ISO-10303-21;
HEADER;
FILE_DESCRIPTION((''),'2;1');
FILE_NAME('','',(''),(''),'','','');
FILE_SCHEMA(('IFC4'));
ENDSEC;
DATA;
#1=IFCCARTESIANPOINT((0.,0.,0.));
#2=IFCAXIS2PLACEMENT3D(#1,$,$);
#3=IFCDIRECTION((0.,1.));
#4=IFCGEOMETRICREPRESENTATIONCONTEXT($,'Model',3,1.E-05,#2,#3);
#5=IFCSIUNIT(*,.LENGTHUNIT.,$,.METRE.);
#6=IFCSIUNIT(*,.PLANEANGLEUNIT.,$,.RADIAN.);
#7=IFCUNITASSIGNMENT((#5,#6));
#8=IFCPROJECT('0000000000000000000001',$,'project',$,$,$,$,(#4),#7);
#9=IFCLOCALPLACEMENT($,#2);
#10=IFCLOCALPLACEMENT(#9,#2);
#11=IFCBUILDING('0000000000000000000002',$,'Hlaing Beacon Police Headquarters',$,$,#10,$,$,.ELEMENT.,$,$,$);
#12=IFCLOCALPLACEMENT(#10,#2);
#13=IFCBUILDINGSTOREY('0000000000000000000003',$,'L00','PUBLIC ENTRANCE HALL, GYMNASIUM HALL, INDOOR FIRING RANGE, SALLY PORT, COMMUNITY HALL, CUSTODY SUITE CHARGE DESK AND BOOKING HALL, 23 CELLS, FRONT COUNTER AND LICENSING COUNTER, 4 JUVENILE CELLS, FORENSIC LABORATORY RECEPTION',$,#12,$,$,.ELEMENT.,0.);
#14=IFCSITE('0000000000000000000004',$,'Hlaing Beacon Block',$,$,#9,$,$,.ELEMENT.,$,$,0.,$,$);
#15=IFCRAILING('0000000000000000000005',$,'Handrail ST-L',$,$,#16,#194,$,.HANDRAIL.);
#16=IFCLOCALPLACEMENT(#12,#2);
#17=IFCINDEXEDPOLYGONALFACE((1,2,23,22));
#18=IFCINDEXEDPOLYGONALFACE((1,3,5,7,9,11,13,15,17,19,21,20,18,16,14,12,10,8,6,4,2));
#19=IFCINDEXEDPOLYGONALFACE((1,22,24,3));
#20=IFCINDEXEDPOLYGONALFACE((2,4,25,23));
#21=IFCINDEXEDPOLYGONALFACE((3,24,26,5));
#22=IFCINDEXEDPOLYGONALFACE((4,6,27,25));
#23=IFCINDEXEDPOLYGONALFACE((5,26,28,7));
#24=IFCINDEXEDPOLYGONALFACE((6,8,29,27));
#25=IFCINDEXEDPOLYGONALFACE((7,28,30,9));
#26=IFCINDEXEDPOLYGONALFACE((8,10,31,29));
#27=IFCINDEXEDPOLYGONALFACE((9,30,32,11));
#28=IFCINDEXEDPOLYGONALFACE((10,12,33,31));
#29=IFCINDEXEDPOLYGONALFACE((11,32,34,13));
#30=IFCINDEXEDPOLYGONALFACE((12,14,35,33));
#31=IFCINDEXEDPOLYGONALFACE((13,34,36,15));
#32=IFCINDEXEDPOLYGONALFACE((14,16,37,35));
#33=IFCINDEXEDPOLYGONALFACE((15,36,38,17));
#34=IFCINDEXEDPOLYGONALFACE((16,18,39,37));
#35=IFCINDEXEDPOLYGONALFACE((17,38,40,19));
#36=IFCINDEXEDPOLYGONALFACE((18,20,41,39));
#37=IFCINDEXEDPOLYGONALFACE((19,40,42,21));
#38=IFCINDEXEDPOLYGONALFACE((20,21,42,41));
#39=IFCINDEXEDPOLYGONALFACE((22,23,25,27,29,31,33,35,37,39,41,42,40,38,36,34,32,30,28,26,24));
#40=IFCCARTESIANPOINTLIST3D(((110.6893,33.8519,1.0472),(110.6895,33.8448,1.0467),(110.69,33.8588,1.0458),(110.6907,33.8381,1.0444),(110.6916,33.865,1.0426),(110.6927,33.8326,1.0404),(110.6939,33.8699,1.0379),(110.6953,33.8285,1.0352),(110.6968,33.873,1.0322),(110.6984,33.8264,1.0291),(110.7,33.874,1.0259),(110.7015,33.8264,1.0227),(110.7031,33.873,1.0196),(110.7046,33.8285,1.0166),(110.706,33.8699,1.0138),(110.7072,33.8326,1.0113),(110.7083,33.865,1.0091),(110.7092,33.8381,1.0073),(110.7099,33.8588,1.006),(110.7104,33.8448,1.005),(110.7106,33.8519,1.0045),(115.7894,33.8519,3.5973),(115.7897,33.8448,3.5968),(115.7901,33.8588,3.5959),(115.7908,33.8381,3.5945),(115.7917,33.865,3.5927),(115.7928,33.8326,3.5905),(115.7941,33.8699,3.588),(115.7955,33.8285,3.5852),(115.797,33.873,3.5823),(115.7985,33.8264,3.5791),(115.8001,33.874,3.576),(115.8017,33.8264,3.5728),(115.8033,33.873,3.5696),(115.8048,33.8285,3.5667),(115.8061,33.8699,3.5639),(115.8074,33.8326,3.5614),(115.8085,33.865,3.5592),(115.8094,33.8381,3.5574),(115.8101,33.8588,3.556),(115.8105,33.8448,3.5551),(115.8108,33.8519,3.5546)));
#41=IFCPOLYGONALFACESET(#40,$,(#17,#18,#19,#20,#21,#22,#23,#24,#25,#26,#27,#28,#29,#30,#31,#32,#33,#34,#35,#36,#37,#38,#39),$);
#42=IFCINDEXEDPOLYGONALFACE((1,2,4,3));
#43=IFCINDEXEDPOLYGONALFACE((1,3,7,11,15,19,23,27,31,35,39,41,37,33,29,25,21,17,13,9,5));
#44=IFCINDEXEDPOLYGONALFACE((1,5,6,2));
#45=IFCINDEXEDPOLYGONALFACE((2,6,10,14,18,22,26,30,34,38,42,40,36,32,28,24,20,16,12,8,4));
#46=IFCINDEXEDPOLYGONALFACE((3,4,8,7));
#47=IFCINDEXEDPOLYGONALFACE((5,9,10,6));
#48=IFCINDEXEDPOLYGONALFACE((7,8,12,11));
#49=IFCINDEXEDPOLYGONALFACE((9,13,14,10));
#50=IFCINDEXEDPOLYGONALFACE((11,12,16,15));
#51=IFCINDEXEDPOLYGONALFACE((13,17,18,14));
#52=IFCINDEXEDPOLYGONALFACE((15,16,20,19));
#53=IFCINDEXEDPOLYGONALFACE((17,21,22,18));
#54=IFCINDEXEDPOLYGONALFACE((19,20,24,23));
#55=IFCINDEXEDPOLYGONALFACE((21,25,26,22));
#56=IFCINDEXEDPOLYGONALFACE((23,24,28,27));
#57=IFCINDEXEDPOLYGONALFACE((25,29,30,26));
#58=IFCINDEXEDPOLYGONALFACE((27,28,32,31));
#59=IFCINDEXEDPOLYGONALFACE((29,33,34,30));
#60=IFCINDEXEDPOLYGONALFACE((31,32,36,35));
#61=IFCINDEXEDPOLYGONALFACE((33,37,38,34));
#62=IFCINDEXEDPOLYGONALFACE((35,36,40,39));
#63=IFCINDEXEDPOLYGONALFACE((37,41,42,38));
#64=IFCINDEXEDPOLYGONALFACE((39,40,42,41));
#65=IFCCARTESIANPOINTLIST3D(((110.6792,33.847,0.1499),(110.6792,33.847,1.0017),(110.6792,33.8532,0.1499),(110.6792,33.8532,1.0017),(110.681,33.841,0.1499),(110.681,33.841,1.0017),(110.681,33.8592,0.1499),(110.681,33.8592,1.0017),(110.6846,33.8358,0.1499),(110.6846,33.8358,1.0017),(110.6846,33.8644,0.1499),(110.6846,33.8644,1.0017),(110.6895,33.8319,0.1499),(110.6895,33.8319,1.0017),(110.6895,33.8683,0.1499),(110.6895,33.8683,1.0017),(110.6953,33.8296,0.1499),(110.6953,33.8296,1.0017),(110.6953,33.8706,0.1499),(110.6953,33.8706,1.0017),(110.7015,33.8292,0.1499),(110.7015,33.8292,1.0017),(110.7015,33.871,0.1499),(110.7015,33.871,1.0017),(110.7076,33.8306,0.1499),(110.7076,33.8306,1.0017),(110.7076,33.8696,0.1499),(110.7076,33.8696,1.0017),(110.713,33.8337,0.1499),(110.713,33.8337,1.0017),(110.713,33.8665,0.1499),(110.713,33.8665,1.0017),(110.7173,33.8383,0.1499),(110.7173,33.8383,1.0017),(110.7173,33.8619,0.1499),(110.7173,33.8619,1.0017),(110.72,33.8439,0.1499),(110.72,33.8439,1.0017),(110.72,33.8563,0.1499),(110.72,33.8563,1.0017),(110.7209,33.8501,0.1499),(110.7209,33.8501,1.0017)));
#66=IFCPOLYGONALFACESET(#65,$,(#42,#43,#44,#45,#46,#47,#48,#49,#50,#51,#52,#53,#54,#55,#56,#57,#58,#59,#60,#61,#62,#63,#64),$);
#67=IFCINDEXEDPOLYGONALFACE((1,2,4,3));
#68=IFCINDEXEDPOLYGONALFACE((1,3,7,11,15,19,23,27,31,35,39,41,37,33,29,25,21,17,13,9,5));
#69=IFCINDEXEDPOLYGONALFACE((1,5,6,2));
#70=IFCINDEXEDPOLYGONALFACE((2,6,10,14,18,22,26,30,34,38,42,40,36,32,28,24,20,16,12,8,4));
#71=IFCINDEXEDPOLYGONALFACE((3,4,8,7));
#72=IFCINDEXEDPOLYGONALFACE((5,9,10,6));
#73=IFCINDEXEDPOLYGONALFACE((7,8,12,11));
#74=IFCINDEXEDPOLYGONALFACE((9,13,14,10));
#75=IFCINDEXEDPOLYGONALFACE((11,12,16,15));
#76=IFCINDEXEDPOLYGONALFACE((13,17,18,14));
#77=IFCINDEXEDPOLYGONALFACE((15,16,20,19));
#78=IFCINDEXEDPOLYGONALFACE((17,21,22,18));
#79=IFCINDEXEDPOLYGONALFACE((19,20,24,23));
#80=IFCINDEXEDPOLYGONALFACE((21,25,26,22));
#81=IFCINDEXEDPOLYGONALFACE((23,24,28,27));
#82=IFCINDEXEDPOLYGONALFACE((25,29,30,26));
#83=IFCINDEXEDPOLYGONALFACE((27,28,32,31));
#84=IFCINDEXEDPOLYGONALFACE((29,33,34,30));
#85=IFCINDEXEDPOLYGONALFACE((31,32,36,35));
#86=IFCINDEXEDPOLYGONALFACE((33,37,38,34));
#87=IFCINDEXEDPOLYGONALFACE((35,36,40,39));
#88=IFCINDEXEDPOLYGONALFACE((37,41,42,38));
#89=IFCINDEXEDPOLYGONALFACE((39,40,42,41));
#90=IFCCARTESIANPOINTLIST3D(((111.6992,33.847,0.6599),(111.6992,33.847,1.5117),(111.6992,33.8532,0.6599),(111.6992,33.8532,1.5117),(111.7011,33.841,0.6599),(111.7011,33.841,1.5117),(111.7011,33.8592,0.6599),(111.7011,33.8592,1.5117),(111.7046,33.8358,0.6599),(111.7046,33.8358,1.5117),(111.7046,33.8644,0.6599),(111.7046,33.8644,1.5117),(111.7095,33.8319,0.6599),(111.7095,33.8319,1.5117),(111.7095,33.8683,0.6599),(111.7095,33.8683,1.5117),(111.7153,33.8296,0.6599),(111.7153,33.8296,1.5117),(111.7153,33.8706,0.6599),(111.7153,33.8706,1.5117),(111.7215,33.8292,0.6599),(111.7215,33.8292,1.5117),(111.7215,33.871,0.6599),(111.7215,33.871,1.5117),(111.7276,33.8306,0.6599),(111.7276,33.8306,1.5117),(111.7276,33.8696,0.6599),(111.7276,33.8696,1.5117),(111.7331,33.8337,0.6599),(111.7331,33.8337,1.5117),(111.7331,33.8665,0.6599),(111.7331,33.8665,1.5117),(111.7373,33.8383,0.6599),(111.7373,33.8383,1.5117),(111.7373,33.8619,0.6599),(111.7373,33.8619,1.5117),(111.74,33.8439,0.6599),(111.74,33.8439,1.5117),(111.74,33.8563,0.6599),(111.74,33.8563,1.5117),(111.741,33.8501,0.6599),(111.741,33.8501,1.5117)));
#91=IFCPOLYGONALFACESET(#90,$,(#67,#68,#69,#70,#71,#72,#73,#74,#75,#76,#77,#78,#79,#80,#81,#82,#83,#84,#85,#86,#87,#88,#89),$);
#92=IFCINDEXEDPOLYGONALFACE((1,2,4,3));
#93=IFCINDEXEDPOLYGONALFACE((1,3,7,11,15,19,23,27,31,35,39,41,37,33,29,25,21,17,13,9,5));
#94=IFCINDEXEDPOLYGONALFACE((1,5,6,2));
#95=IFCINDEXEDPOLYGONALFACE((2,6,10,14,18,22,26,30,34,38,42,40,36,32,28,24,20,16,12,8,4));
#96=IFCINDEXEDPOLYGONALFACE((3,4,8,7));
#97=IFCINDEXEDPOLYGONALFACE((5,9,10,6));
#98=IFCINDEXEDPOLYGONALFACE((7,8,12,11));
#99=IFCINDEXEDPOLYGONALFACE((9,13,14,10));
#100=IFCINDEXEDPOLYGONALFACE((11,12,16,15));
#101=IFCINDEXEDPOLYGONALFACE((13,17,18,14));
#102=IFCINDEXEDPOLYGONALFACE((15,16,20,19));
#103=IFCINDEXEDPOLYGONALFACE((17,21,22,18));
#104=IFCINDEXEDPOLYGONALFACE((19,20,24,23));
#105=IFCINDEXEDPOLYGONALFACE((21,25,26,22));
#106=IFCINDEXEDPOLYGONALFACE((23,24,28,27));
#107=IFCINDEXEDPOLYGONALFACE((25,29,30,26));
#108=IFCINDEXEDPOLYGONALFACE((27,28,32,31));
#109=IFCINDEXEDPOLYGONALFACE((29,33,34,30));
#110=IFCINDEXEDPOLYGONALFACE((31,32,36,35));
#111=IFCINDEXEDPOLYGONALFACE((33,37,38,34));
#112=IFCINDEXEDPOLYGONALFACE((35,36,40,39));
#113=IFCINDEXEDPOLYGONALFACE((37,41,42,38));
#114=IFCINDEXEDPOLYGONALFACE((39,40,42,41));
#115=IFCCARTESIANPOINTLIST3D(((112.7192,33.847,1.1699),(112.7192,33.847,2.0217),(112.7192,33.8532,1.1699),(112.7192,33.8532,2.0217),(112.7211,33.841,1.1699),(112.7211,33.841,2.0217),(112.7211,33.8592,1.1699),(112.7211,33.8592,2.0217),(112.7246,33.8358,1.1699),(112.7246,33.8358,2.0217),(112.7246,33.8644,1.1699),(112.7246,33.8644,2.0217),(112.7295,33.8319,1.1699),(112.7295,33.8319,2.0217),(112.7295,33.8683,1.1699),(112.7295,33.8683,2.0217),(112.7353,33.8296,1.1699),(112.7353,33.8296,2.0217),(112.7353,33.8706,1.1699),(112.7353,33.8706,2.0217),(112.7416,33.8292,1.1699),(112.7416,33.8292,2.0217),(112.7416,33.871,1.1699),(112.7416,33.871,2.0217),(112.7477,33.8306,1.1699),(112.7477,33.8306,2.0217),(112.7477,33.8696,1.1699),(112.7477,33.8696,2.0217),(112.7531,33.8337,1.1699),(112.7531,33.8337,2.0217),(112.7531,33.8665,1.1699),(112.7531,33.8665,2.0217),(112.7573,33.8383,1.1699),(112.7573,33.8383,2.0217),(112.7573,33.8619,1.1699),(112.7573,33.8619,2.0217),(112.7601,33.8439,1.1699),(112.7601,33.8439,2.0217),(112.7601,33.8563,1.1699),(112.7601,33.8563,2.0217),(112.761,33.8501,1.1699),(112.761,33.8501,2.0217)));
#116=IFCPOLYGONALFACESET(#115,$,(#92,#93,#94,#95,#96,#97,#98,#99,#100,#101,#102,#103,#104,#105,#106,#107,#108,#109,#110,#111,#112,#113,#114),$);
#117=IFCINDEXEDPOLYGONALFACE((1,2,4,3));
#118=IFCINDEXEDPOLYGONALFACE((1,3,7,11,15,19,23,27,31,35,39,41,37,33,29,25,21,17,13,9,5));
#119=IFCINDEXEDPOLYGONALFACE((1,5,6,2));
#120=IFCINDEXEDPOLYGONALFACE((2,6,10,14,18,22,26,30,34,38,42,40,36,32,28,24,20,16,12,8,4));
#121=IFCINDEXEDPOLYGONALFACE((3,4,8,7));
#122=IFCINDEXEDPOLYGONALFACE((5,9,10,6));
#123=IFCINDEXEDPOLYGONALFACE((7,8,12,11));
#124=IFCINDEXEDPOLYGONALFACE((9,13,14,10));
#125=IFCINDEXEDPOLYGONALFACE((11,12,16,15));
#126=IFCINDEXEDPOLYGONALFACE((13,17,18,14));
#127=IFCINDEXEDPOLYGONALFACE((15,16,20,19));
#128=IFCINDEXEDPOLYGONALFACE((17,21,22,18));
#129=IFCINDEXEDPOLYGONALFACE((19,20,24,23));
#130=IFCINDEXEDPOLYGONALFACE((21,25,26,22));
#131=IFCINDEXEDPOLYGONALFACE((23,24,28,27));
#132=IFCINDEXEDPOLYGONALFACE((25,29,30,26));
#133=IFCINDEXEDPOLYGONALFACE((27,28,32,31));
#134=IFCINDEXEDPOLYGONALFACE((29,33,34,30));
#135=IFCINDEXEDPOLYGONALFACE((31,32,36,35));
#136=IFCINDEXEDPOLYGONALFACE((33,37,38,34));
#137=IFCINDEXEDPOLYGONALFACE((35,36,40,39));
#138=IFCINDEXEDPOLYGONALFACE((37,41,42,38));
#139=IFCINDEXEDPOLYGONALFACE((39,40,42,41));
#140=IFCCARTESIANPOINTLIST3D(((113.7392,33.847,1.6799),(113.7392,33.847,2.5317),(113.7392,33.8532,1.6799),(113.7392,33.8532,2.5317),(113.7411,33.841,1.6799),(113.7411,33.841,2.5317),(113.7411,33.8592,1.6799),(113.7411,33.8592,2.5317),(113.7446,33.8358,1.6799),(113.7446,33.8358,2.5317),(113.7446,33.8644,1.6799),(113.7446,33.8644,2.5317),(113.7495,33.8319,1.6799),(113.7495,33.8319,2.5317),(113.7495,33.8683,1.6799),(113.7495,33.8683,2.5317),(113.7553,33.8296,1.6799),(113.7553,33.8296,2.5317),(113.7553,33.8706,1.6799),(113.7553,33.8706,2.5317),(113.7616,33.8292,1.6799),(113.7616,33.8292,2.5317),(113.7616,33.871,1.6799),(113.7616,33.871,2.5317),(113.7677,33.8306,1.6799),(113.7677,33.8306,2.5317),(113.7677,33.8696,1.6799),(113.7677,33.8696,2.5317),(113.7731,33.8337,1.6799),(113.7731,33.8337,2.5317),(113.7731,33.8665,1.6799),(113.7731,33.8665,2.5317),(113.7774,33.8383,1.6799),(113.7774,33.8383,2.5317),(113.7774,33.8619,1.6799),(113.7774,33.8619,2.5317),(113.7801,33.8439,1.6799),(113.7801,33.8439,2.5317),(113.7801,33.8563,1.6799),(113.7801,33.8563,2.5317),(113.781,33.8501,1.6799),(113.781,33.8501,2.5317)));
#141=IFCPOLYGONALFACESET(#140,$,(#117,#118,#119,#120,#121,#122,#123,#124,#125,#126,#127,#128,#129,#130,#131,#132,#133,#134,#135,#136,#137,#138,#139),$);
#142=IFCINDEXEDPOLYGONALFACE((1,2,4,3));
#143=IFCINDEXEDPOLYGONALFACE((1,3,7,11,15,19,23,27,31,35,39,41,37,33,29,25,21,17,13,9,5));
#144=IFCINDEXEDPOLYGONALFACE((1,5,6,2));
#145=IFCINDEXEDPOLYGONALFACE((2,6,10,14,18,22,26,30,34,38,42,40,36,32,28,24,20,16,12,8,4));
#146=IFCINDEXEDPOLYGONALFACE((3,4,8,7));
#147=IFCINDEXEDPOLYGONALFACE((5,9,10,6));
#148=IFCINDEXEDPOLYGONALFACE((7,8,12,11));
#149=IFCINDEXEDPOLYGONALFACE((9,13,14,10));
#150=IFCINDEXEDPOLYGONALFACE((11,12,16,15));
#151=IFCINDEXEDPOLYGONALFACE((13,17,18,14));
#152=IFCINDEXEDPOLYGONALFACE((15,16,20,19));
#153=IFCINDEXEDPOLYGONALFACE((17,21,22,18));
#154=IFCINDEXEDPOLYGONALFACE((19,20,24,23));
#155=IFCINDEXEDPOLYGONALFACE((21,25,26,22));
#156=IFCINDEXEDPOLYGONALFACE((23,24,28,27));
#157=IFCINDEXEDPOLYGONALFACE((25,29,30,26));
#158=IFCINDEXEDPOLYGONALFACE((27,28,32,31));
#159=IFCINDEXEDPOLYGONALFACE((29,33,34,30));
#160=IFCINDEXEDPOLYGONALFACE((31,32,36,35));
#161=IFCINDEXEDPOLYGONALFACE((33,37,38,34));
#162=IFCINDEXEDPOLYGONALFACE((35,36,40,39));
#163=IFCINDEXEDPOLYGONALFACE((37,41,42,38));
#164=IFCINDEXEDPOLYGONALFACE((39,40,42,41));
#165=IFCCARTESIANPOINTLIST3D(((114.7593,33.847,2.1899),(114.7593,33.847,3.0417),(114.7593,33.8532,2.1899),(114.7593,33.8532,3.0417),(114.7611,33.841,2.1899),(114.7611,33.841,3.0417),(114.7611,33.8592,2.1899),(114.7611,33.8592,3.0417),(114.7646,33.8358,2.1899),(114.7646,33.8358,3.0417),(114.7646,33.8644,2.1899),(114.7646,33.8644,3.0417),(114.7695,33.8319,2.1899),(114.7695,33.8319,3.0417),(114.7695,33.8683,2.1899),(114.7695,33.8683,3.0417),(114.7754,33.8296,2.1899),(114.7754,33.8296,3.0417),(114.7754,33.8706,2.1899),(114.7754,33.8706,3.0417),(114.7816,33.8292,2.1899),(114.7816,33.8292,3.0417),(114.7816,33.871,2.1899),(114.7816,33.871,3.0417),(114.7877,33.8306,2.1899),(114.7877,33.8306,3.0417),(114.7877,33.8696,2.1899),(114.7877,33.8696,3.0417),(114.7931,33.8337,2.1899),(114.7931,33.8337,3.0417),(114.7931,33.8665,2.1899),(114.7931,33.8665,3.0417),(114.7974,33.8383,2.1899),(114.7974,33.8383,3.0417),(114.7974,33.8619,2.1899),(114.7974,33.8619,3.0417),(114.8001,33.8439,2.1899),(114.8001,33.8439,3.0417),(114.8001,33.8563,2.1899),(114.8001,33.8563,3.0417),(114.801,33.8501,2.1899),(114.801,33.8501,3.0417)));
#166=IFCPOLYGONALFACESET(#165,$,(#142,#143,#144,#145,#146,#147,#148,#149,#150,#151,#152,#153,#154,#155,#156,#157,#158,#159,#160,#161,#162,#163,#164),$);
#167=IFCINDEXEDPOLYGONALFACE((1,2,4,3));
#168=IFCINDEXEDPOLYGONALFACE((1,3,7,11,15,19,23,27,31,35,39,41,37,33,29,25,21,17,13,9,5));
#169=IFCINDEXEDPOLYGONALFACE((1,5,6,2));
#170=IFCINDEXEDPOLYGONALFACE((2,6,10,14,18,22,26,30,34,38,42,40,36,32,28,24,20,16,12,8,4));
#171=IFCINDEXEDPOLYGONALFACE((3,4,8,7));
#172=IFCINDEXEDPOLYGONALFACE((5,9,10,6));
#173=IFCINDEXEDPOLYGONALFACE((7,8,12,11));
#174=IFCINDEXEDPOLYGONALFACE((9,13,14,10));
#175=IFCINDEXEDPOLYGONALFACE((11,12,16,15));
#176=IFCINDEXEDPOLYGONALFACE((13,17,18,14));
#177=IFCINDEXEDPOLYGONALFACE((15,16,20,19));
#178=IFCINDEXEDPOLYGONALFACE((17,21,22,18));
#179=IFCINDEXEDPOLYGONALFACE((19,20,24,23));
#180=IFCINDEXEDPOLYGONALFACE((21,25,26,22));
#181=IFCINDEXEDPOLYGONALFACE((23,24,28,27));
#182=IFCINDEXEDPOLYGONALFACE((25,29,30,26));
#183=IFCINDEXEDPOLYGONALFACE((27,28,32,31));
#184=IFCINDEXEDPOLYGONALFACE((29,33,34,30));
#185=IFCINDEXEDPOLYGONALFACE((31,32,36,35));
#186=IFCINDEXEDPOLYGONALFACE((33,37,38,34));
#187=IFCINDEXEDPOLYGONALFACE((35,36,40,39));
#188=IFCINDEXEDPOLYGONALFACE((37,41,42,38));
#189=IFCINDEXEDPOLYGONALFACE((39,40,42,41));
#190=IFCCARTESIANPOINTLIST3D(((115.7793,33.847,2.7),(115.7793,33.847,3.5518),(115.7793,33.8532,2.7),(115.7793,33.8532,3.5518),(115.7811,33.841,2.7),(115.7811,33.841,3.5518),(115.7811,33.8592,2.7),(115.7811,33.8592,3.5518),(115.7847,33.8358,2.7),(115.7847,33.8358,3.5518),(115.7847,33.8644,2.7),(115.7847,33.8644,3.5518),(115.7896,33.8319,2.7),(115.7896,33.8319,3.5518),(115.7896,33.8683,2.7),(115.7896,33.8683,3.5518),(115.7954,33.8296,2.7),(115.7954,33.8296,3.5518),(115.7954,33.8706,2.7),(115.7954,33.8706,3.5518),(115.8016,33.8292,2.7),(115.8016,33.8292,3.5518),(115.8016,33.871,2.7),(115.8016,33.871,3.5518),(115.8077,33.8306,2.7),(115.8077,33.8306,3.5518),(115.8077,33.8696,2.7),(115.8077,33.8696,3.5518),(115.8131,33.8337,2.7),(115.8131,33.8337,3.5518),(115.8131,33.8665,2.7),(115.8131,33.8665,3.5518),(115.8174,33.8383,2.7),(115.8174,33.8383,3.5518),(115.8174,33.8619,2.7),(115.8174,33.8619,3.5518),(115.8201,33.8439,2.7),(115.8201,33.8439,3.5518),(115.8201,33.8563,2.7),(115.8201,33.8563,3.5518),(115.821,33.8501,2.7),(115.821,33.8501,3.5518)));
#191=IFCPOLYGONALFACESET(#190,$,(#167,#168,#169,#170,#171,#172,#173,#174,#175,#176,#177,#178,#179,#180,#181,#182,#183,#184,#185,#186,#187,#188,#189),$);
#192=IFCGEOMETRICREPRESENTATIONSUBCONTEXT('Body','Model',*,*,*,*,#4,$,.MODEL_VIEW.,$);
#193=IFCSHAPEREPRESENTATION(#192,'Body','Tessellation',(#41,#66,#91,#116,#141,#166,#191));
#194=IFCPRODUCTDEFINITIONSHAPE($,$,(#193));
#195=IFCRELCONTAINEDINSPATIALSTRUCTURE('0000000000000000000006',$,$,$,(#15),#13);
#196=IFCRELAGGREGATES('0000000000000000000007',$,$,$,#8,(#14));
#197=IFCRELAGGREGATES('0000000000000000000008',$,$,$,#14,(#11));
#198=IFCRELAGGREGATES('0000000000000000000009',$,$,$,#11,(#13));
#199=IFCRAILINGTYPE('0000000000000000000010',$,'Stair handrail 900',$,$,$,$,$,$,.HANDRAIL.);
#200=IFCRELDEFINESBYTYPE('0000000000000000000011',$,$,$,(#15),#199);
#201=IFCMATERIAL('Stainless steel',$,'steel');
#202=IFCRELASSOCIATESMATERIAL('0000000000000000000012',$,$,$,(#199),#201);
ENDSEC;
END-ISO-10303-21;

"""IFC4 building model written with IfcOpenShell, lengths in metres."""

from ifc_helpers import new_model, si_unit, direction, frame, origin, origin_2d, place, context, subcontext, project, spatial, circle, extrude, material, type_object, element, save


model = new_model("IFC4")

# Units and contexts
model_context = context("Model", 3, precision=1e-05, world=origin(), true_north=direction((0.0, 1.0)))
body_context = subcontext(model_context, "Body", "Model", "MODEL_VIEW")
ifc_project = project(units=[si_unit("LENGTHUNIT", "METRE"), si_unit("PLANEANGLEUNIT", "RADIAN")], contexts=[model_context])

# Site, building, storey
site_placement = place(None, origin())
site = spatial("IfcSite", under=ifc_project, at=site_placement, Name="Hlaing Beacon Block", CompositionType="ELEMENT", RefElevation=0.0)
building_placement = place(site_placement, origin())
building = spatial("IfcBuilding", under=site, at=building_placement, Name="Hlaing Beacon Police Headquarters", CompositionType="ELEMENT")
storey_placement = place(building_placement, origin())
storey = spatial("IfcBuildingStorey", under=building, at=storey_placement, Name="L00", Description="PUBLIC ENTRANCE HALL, GYMNASIUM HALL, INDOOR FIRING RANGE, SALLY PORT, COMMUNITY HALL, CUSTODY SUITE CHARGE DESK AND BOOKING HALL, 23 CELLS, FRONT COUNTER AND LICENSING COUNTER, 4 JUVENILE CELLS, FORENSIC LABORATORY RECEPTION", CompositionType="ELEMENT", Elevation=0.0)

# Railing
ifc_material_1 = material(Name="Stainless steel", Category="steel")
railing_type_1 = type_object("IfcRailingType", Name="Stair handrail 900", PredefinedType="HANDRAIL", material=ifc_material_1)
for number, where, name in (
    (1, (110.7, 33.8501, 0.1499), "Handrail ST-L"),
):
    element("IfcRailing", number, at=place(storey_placement, frame(where)), inside=storey, type_object=railing_type_1, Name=name, PredefinedType="HANDRAIL", context=body_context, shape_type="SweptSolid", body=[
        extrude(circle(Radius=0.0239, at=origin_2d()), frame((0.0, 0.0, 0.876), z_axis=(0.894427, 0.0, 0.447214), x_axis=(0.0, 1.0, 0.0)), (0.0, 0.0, 1.0), 5.7021),
        extrude(circle(Radius=0.021, at=origin_2d()), origin(), (0.0, 0.0, 1.0), 0.8518),
        extrude(circle(Radius=0.021, at=origin_2d()), frame((1.02, 0.0, 0.51)), (0.0, 0.0, 1.0), 0.8518),
        extrude(circle(Radius=0.021, at=origin_2d()), frame((2.04, 0.0, 1.02)), (0.0, 0.0, 1.0), 0.8518),
        extrude(circle(Radius=0.021, at=origin_2d()), frame((3.0601, 0.0, 1.53)), (0.0, 0.0, 1.0), 0.8518),
        extrude(circle(Radius=0.021, at=origin_2d()), frame((4.0801, 0.0, 2.04)), (0.0, 0.0, 1.0), 0.8518),
        extrude(circle(Radius=0.021, at=origin_2d()), frame((5.1001, 0.0, 2.55)), (0.0, 0.0, 1.0), 0.8518),
    ])

save(model, "model.ifc")
